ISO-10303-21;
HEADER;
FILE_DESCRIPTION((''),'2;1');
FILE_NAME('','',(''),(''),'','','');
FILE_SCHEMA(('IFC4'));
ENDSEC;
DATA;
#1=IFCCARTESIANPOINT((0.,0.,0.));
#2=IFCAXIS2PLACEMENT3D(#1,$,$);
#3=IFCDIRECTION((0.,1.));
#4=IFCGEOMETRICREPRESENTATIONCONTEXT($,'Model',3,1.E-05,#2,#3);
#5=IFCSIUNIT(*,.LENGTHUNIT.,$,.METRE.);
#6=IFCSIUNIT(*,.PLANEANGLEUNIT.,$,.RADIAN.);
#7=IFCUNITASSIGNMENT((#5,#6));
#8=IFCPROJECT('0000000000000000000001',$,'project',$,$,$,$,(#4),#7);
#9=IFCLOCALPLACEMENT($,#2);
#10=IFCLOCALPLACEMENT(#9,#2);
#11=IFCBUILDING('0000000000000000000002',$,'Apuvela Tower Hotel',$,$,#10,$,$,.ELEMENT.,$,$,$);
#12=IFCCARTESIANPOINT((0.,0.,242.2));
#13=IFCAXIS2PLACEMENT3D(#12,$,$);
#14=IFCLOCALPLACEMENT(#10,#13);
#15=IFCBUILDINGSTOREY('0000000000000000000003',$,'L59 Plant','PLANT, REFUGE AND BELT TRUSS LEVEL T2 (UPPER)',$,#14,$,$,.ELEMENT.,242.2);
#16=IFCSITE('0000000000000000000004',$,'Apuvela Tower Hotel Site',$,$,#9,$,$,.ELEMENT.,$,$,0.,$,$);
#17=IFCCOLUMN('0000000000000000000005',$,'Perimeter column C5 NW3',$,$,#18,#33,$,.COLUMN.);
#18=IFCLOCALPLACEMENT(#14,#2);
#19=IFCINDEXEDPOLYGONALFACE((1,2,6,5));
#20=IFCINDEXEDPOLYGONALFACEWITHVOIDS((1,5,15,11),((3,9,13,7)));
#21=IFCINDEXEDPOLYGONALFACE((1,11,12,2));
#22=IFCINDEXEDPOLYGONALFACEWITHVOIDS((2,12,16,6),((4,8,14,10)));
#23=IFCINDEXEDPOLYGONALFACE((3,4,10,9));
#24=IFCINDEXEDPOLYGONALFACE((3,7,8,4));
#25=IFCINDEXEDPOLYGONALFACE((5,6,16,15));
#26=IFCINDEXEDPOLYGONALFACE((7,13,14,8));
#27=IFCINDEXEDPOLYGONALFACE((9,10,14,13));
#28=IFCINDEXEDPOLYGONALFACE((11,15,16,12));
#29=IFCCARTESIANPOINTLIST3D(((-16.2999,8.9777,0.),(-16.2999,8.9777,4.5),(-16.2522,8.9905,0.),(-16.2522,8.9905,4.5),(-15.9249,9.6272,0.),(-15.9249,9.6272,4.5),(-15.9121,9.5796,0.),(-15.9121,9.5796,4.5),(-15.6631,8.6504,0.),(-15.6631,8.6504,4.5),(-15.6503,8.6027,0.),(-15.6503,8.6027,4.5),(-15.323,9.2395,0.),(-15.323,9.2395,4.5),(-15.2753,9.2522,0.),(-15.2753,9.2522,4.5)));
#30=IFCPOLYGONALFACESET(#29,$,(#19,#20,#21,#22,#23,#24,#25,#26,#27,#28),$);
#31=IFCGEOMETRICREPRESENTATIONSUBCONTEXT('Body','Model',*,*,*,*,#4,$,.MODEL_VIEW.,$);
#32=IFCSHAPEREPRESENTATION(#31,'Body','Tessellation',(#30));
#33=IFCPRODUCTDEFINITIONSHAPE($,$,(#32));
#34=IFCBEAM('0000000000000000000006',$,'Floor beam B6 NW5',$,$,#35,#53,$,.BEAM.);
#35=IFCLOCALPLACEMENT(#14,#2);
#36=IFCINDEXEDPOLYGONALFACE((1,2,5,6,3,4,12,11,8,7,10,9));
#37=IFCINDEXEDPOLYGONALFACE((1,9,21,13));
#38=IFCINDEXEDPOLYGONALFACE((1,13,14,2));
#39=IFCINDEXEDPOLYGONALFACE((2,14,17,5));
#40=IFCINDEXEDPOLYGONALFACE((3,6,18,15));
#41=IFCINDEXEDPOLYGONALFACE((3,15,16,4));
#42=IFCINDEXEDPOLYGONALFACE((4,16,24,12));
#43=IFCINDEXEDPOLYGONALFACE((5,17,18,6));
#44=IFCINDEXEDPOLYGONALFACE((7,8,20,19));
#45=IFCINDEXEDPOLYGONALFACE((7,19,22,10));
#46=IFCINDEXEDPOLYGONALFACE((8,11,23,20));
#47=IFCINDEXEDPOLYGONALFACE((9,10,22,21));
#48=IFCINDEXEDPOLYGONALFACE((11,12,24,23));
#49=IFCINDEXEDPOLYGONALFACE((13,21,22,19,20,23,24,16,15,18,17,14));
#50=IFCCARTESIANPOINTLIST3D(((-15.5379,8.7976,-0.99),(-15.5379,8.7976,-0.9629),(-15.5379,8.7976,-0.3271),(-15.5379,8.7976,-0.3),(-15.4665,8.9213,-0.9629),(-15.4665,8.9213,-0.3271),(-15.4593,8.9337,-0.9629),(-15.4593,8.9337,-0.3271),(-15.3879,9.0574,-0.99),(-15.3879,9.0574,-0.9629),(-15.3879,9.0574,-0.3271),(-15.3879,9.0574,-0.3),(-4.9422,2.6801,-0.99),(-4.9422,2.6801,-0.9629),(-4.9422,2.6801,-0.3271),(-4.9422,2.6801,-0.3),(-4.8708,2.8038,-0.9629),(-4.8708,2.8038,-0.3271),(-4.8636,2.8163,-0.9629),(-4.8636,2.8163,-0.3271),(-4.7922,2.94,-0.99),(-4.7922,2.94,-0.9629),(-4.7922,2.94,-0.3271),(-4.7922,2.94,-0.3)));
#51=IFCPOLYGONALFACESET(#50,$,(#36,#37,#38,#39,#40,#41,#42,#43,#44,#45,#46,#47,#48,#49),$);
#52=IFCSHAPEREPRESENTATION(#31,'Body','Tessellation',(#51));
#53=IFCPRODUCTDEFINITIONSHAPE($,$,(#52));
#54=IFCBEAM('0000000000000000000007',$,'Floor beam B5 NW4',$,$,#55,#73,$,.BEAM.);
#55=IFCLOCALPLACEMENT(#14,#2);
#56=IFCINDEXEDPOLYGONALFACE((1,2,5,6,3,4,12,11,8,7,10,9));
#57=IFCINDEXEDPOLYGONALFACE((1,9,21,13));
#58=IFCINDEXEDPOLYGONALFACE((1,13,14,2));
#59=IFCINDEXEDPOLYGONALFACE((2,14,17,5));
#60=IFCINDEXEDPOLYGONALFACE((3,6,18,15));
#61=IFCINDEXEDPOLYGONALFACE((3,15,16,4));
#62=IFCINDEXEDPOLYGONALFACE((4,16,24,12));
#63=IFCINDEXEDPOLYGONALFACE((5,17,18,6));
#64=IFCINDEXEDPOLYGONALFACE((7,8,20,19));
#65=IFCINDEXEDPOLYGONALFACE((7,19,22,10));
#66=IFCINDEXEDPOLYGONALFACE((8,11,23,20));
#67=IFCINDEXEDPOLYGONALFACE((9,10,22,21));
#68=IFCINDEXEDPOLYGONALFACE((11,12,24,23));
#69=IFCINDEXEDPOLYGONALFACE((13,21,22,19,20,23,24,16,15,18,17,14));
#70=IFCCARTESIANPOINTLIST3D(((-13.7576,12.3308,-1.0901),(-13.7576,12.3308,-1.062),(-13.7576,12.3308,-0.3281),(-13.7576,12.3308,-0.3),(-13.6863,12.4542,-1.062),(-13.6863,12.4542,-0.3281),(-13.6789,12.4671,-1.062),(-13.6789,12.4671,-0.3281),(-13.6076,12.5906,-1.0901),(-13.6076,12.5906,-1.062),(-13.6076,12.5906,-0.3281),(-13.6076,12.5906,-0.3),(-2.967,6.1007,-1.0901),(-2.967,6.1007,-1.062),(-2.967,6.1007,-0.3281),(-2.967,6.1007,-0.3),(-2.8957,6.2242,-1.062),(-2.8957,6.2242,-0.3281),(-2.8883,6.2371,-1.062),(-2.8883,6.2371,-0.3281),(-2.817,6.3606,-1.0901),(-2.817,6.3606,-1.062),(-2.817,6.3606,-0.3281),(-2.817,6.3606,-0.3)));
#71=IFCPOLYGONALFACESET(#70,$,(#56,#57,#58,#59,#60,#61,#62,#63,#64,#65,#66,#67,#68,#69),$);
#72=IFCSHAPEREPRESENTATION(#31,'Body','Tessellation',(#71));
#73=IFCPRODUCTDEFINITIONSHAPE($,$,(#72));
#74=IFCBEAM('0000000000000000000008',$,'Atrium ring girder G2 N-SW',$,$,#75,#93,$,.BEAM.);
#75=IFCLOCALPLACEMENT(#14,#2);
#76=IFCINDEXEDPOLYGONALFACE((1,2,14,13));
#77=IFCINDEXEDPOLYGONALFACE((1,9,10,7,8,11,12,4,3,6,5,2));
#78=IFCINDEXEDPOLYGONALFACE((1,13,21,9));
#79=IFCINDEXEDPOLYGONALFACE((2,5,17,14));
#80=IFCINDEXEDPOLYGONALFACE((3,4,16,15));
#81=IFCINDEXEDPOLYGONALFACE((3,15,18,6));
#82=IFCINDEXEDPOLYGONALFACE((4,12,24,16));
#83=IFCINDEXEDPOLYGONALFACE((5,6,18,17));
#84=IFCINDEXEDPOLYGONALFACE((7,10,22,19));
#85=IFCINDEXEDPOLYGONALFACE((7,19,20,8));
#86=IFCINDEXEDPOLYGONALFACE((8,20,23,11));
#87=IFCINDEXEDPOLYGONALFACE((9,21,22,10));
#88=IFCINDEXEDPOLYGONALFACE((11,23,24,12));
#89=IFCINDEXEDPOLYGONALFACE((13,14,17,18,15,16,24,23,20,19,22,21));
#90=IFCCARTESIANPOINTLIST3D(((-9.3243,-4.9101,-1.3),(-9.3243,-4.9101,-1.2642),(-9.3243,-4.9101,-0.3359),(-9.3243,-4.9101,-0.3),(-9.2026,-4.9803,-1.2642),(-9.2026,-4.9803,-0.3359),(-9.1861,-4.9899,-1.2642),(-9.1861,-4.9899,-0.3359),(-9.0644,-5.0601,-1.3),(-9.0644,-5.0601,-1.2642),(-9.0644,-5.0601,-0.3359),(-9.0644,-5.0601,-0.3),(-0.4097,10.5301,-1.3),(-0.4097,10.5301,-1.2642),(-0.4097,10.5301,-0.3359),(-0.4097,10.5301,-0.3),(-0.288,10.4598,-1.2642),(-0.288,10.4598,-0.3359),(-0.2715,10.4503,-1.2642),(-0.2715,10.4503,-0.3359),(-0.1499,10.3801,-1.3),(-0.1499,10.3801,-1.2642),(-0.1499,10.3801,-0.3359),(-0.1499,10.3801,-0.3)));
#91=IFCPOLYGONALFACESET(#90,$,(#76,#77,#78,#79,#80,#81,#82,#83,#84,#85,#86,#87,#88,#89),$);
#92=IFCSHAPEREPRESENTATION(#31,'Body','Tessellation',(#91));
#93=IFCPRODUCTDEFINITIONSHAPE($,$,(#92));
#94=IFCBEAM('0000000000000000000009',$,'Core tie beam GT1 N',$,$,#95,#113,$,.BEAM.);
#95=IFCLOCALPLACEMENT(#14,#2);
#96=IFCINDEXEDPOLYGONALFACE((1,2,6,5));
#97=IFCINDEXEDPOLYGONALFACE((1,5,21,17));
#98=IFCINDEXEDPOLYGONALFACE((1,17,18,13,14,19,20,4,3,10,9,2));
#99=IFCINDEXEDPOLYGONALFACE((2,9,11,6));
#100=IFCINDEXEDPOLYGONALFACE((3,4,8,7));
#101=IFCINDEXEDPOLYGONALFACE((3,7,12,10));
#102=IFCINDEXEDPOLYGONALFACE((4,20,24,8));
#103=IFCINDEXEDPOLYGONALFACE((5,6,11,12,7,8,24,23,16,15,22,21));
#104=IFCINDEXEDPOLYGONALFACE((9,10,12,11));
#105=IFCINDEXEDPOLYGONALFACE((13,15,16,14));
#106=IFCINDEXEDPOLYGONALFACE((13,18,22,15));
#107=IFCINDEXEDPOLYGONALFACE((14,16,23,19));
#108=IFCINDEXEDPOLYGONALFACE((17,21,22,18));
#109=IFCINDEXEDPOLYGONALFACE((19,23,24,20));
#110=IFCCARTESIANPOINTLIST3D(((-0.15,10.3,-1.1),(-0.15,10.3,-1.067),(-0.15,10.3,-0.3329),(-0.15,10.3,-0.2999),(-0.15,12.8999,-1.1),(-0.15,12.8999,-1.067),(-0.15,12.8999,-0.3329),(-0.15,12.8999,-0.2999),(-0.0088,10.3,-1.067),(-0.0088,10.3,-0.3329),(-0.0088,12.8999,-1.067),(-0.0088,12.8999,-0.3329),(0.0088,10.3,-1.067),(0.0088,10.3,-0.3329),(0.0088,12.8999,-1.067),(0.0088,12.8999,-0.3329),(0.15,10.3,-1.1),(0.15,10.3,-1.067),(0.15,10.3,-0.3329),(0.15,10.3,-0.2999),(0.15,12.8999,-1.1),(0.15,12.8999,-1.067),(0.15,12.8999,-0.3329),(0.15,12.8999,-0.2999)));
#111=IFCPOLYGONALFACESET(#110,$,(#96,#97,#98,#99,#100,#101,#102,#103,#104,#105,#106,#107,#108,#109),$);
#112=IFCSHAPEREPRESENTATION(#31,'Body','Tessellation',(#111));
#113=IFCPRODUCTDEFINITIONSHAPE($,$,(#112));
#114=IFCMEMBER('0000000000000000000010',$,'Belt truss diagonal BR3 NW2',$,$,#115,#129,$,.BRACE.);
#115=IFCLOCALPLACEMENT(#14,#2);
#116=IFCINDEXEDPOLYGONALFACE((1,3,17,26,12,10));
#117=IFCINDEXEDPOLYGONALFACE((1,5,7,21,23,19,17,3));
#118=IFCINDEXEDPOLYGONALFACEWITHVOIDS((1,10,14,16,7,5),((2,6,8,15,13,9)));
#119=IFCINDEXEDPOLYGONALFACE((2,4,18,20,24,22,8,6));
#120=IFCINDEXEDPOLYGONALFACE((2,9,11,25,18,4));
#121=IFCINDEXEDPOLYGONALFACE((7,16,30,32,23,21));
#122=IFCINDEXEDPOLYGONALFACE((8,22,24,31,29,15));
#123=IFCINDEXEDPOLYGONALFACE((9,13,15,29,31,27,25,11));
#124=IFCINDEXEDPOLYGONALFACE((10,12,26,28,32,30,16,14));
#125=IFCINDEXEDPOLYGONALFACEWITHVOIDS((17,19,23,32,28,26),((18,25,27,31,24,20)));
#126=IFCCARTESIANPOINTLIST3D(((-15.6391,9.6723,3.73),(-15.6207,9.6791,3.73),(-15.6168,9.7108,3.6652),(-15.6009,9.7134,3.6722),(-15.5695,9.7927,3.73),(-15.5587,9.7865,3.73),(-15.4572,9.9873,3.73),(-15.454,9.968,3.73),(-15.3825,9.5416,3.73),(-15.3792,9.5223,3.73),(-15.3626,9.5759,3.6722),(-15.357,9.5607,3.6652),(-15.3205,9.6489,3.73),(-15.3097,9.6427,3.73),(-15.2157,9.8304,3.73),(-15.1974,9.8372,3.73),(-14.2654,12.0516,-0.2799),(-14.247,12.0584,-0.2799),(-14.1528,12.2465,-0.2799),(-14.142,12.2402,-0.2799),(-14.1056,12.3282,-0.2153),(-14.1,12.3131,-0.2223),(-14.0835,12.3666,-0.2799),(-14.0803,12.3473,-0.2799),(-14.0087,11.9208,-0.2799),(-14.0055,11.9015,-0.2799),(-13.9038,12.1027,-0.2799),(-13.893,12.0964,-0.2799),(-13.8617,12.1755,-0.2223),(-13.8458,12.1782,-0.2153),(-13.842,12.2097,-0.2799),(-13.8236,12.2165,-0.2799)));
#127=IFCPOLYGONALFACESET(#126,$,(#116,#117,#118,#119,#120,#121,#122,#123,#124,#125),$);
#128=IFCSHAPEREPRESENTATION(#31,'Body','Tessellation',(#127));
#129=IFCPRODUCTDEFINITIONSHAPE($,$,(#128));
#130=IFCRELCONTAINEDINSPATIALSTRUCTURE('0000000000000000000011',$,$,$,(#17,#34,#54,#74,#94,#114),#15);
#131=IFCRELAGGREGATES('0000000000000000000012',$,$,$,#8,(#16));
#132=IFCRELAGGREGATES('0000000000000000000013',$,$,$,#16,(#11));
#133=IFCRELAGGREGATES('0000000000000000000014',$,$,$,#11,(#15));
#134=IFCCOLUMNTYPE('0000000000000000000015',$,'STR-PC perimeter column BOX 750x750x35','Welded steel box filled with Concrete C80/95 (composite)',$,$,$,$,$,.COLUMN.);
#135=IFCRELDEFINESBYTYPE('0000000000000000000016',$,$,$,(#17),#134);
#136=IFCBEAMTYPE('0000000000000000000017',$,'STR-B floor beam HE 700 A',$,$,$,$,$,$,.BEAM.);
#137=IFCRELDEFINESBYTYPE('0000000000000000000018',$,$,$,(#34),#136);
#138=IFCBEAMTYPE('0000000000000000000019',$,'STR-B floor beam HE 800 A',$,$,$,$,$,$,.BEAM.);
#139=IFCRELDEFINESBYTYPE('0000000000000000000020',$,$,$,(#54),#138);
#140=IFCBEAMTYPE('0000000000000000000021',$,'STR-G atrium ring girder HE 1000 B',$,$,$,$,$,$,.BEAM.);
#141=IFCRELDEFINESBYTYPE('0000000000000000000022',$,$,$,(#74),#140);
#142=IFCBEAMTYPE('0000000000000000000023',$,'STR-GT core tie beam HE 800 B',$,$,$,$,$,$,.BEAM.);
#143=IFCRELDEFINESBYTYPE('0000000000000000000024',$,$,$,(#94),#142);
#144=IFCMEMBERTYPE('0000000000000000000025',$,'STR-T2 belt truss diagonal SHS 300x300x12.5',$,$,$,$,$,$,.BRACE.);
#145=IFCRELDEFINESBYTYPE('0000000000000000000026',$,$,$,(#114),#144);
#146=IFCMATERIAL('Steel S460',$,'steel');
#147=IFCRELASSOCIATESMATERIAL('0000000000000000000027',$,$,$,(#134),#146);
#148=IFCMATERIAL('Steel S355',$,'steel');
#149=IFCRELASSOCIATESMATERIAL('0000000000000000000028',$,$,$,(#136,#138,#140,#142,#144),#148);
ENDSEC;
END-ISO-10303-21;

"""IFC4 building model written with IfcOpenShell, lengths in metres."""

from ifc_helpers import new_model, si_unit, direction, frame, origin, origin_2d, place, context, subcontext, project, spatial, rectangle, hollow_rectangle, i_section, extrude, boolean, halfspace, material, material_profile, profile_set, type_object, element, save


model = new_model("IFC4")

# Units and contexts
model_context = context("Model", 3, precision=1e-05, world=origin(), true_north=direction((0.0, 1.0)))
body_context = subcontext(model_context, "Body", "Model", "MODEL_VIEW")
ifc_project = project(units=[si_unit("LENGTHUNIT", "METRE"), si_unit("PLANEANGLEUNIT", "RADIAN")], contexts=[model_context])

# Site, building, storey
site_placement = place(None, origin())
site = spatial("IfcSite", under=ifc_project, at=site_placement, Name="Apuvela Tower Hotel Site", CompositionType="ELEMENT", RefElevation=0.0)
building_placement = place(site_placement, origin())
building = spatial("IfcBuilding", under=site, at=building_placement, Name="Apuvela Tower Hotel", CompositionType="ELEMENT")
storey_placement = place(building_placement, frame((0.0, 0.0, 242.2)))
storey = spatial("IfcBuildingStorey", under=building, at=storey_placement, Name="L59 Plant", Description="PLANT, REFUGE AND BELT TRUSS LEVEL T2 (UPPER)", CompositionType="ELEMENT", Elevation=242.2)

# Column
ifc_material_1 = material(Name="Steel S460", Category="steel")
ifc_material_profile_1 = material_profile(ifc_material_1, hollow_rectangle(XDim=0.75, YDim=0.75, WallThickness=0.0349, at=origin_2d()), Name="BOX 750x750x35")
ifc_material_2 = material(Name="Concrete C80/95", Category="concrete")
ifc_material_profile_2 = material_profile(ifc_material_2, rectangle(XDim=0.6799, YDim=0.6799, at=origin_2d()), Name="Concrete C80/95 infill")
ifc_profile_set_1 = profile_set([ifc_material_profile_1, ifc_material_profile_2], Name="Steel S460")
column_type = type_object("IfcColumnType", Name="STR-PC perimeter column BOX 750x750x35", Description="Welded steel box filled with Concrete C80/95 (composite)", PredefinedType="COLUMN", material=ifc_profile_set_1)
column_placement = place(storey_placement, frame((-15.7876, 9.115, 0.0), z_axis=(0.0, 0.0, 1.0), x_axis=(0.5, 0.866025, 0.0)))
element("IfcColumn", 1, at=column_placement, inside=storey, type_object=column_type, Name="Perimeter column C5 NW3", PredefinedType="COLUMN", context=body_context, shape_type="SweptSolid", body=[
    extrude(hollow_rectangle(XDim=0.75, YDim=0.75, WallThickness=0.0349, at=origin_2d()), origin(), (0.0, 0.0, 1.0), 4.5),
])

# Beams
ifc_material_3 = material(Name="Steel S355", Category="steel")
ifc_material_profile_3 = material_profile(ifc_material_3, i_section(OverallWidth=0.3, OverallDepth=0.6899, WebThickness=0.0144, FlangeThickness=0.0271, at=origin_2d()), Name="HE 700 A")
ifc_profile_set_2 = profile_set([ifc_material_profile_3], Name="Steel S355")
beam_type_1 = type_object("IfcBeamType", Name="STR-B floor beam HE 700 A", PredefinedType="BEAM", material=ifc_profile_set_2)
beam_1_placement = place(storey_placement, frame((-15.4629, 8.9275, -0.645), z_axis=(0.866025, -0.5, 0.0), x_axis=(0.5, 0.866025, 0.0)))
element("IfcBeam", 2, at=beam_1_placement, inside=storey, type_object=beam_type_1, Name="Floor beam B6 NW5", PredefinedType="BEAM", context=body_context, shape_type="SweptSolid", body=[
    extrude(i_section(OverallWidth=0.3, OverallDepth=0.6899, WebThickness=0.0144, FlangeThickness=0.0271, at=origin_2d()), origin(), (0.0, 0.0, 1.0), 12.2349),
])
ifc_material_profile_4 = material_profile(ifc_material_3, i_section(OverallWidth=0.3, OverallDepth=0.79, WebThickness=0.0149, FlangeThickness=0.0281, at=origin_2d()), Name="HE 800 A")
ifc_profile_set_3 = profile_set([ifc_material_profile_4], Name="Steel S355")
beam_type_2 = type_object("IfcBeamType", Name="STR-B floor beam HE 800 A", PredefinedType="BEAM", material=ifc_profile_set_3)
beam_2_placement = place(storey_placement, frame((-13.6826, 12.4607, -0.6951), z_axis=(0.866023, -0.500004, 0.0), x_axis=(0.500004, 0.866023, 0.0)))
element("IfcBeam", 3, at=beam_2_placement, inside=storey, type_object=beam_type_2, Name="Floor beam B5 NW4", PredefinedType="BEAM", context=body_context, shape_type="SweptSolid", body=[
    extrude(i_section(OverallWidth=0.3, OverallDepth=0.79, WebThickness=0.0149, FlangeThickness=0.0281, at=origin_2d()), origin(), (0.0, 0.0, 1.0), 12.46),
])
ifc_material_profile_5 = material_profile(ifc_material_3, i_section(OverallWidth=0.3, OverallDepth=1.0, WebThickness=0.019, FlangeThickness=0.0359, at=origin_2d()), Name="HE 1000 B")
ifc_profile_set_4 = profile_set([ifc_material_profile_5], Name="Steel S355")
beam_type_3 = type_object("IfcBeamType", Name="STR-G atrium ring girder HE 1000 B", PredefinedType="BEAM", material=ifc_profile_set_4)
beam_3_placement = place(storey_placement, frame((-0.2798, 10.4551, -0.8), z_axis=(-0.500007, -0.866022, 0.0), x_axis=(0.866022, -0.500007, 0.0)))
element("IfcBeam", 4, at=beam_3_placement, inside=storey, type_object=beam_type_3, Name="Atrium ring girder G2 N-SW", PredefinedType="BEAM", context=body_context, shape_type="SweptSolid", body=[
    extrude(i_section(OverallWidth=0.3, OverallDepth=1.0, WebThickness=0.019, FlangeThickness=0.0359, at=origin_2d()), origin(), (0.0, 0.0, 1.0), 17.8289),
])
ifc_material_profile_6 = material_profile(ifc_material_3, i_section(OverallWidth=0.3, OverallDepth=0.8, WebThickness=0.0176, FlangeThickness=0.033, at=origin_2d()), Name="HE 800 B")
ifc_profile_set_5 = profile_set([ifc_material_profile_6], Name="Steel S355")
beam_type_4 = type_object("IfcBeamType", Name="STR-GT core tie beam HE 800 B", PredefinedType="BEAM", material=ifc_profile_set_5)
beam_4_placement = place(storey_placement, frame((0.0, 12.8999, -0.7), z_axis=(0.0, -1.0, 0.0), x_axis=(1.0, 0.0, 0.0)))
element("IfcBeam", 5, at=beam_4_placement, inside=storey, type_object=beam_type_4, Name="Core tie beam GT1 N", PredefinedType="BEAM", context=body_context, shape_type="SweptSolid", body=[
    extrude(i_section(OverallWidth=0.3, OverallDepth=0.8, WebThickness=0.0176, FlangeThickness=0.033, at=origin_2d()), origin(), (0.0, 0.0, 1.0), 2.5999),
])

# Member
ifc_material_profile_7 = material_profile(ifc_material_3, hollow_rectangle(XDim=0.3, YDim=0.3, WallThickness=0.0125, at=origin_2d()), Name="SHS 300x300x12.5")
ifc_profile_set_6 = profile_set([ifc_material_profile_7], Name="Steel S355")
member_type = type_object("IfcMemberType", Name="STR-T2 belt truss diagonal SHS 300x300x12.5", PredefinedType="BRACE", material=ifc_profile_set_6)
member_placement = place(storey_placement, frame((-14.0376, 12.146, -0.3), z_axis=(-0.282608, -0.48948, 0.82495), x_axis=(0.412483, 0.714423, 0.565206)))
solid = boolean("DIFFERENCE", boolean("DIFFERENCE", extrude(hollow_rectangle(XDim=0.3, YDim=0.3, WallThickness=0.0125, at=origin_2d()), frame((0.0, 0.0, -0.2229)), (0.0, 0.0, 1.0), 5.355), halfspace(frame((0.0, 0.0, 0.0244), z_axis=(0.565206, 0.0, 0.82495), x_axis=(0.82495, 0.0, -0.565206)), True)), halfspace(frame((0.0, 0.0, 4.8853), z_axis=(0.565206, 0.0, 0.82495), x_axis=(0.82495, 0.0, -0.565206)), False))
element("IfcMember", 6, at=member_placement, inside=storey, type_object=member_type, Name="Belt truss diagonal BR3 NW2", PredefinedType="BRACE", context=body_context, shape_type="SweptSolid", body=[
    boolean("UNION", boolean("DIFFERENCE", boolean("DIFFERENCE", extrude(hollow_rectangle(XDim=0.3, YDim=0.3, WallThickness=0.0125, at=origin_2d()), origin(), (0.0, 0.0, 1.0), 4.9094), halfspace(frame((0.0, 0.0, 0.0244), z_axis=(0.565206, 0.0, 0.82495), x_axis=(0.82495, 0.0, -0.565206)), True)), halfspace(frame((0.0, 0.0, 4.8853), z_axis=(0.565206, 0.0, 0.82495), x_axis=(0.82495, 0.0, -0.565206)), False)), solid),
])

save(model, "model.ifc")
